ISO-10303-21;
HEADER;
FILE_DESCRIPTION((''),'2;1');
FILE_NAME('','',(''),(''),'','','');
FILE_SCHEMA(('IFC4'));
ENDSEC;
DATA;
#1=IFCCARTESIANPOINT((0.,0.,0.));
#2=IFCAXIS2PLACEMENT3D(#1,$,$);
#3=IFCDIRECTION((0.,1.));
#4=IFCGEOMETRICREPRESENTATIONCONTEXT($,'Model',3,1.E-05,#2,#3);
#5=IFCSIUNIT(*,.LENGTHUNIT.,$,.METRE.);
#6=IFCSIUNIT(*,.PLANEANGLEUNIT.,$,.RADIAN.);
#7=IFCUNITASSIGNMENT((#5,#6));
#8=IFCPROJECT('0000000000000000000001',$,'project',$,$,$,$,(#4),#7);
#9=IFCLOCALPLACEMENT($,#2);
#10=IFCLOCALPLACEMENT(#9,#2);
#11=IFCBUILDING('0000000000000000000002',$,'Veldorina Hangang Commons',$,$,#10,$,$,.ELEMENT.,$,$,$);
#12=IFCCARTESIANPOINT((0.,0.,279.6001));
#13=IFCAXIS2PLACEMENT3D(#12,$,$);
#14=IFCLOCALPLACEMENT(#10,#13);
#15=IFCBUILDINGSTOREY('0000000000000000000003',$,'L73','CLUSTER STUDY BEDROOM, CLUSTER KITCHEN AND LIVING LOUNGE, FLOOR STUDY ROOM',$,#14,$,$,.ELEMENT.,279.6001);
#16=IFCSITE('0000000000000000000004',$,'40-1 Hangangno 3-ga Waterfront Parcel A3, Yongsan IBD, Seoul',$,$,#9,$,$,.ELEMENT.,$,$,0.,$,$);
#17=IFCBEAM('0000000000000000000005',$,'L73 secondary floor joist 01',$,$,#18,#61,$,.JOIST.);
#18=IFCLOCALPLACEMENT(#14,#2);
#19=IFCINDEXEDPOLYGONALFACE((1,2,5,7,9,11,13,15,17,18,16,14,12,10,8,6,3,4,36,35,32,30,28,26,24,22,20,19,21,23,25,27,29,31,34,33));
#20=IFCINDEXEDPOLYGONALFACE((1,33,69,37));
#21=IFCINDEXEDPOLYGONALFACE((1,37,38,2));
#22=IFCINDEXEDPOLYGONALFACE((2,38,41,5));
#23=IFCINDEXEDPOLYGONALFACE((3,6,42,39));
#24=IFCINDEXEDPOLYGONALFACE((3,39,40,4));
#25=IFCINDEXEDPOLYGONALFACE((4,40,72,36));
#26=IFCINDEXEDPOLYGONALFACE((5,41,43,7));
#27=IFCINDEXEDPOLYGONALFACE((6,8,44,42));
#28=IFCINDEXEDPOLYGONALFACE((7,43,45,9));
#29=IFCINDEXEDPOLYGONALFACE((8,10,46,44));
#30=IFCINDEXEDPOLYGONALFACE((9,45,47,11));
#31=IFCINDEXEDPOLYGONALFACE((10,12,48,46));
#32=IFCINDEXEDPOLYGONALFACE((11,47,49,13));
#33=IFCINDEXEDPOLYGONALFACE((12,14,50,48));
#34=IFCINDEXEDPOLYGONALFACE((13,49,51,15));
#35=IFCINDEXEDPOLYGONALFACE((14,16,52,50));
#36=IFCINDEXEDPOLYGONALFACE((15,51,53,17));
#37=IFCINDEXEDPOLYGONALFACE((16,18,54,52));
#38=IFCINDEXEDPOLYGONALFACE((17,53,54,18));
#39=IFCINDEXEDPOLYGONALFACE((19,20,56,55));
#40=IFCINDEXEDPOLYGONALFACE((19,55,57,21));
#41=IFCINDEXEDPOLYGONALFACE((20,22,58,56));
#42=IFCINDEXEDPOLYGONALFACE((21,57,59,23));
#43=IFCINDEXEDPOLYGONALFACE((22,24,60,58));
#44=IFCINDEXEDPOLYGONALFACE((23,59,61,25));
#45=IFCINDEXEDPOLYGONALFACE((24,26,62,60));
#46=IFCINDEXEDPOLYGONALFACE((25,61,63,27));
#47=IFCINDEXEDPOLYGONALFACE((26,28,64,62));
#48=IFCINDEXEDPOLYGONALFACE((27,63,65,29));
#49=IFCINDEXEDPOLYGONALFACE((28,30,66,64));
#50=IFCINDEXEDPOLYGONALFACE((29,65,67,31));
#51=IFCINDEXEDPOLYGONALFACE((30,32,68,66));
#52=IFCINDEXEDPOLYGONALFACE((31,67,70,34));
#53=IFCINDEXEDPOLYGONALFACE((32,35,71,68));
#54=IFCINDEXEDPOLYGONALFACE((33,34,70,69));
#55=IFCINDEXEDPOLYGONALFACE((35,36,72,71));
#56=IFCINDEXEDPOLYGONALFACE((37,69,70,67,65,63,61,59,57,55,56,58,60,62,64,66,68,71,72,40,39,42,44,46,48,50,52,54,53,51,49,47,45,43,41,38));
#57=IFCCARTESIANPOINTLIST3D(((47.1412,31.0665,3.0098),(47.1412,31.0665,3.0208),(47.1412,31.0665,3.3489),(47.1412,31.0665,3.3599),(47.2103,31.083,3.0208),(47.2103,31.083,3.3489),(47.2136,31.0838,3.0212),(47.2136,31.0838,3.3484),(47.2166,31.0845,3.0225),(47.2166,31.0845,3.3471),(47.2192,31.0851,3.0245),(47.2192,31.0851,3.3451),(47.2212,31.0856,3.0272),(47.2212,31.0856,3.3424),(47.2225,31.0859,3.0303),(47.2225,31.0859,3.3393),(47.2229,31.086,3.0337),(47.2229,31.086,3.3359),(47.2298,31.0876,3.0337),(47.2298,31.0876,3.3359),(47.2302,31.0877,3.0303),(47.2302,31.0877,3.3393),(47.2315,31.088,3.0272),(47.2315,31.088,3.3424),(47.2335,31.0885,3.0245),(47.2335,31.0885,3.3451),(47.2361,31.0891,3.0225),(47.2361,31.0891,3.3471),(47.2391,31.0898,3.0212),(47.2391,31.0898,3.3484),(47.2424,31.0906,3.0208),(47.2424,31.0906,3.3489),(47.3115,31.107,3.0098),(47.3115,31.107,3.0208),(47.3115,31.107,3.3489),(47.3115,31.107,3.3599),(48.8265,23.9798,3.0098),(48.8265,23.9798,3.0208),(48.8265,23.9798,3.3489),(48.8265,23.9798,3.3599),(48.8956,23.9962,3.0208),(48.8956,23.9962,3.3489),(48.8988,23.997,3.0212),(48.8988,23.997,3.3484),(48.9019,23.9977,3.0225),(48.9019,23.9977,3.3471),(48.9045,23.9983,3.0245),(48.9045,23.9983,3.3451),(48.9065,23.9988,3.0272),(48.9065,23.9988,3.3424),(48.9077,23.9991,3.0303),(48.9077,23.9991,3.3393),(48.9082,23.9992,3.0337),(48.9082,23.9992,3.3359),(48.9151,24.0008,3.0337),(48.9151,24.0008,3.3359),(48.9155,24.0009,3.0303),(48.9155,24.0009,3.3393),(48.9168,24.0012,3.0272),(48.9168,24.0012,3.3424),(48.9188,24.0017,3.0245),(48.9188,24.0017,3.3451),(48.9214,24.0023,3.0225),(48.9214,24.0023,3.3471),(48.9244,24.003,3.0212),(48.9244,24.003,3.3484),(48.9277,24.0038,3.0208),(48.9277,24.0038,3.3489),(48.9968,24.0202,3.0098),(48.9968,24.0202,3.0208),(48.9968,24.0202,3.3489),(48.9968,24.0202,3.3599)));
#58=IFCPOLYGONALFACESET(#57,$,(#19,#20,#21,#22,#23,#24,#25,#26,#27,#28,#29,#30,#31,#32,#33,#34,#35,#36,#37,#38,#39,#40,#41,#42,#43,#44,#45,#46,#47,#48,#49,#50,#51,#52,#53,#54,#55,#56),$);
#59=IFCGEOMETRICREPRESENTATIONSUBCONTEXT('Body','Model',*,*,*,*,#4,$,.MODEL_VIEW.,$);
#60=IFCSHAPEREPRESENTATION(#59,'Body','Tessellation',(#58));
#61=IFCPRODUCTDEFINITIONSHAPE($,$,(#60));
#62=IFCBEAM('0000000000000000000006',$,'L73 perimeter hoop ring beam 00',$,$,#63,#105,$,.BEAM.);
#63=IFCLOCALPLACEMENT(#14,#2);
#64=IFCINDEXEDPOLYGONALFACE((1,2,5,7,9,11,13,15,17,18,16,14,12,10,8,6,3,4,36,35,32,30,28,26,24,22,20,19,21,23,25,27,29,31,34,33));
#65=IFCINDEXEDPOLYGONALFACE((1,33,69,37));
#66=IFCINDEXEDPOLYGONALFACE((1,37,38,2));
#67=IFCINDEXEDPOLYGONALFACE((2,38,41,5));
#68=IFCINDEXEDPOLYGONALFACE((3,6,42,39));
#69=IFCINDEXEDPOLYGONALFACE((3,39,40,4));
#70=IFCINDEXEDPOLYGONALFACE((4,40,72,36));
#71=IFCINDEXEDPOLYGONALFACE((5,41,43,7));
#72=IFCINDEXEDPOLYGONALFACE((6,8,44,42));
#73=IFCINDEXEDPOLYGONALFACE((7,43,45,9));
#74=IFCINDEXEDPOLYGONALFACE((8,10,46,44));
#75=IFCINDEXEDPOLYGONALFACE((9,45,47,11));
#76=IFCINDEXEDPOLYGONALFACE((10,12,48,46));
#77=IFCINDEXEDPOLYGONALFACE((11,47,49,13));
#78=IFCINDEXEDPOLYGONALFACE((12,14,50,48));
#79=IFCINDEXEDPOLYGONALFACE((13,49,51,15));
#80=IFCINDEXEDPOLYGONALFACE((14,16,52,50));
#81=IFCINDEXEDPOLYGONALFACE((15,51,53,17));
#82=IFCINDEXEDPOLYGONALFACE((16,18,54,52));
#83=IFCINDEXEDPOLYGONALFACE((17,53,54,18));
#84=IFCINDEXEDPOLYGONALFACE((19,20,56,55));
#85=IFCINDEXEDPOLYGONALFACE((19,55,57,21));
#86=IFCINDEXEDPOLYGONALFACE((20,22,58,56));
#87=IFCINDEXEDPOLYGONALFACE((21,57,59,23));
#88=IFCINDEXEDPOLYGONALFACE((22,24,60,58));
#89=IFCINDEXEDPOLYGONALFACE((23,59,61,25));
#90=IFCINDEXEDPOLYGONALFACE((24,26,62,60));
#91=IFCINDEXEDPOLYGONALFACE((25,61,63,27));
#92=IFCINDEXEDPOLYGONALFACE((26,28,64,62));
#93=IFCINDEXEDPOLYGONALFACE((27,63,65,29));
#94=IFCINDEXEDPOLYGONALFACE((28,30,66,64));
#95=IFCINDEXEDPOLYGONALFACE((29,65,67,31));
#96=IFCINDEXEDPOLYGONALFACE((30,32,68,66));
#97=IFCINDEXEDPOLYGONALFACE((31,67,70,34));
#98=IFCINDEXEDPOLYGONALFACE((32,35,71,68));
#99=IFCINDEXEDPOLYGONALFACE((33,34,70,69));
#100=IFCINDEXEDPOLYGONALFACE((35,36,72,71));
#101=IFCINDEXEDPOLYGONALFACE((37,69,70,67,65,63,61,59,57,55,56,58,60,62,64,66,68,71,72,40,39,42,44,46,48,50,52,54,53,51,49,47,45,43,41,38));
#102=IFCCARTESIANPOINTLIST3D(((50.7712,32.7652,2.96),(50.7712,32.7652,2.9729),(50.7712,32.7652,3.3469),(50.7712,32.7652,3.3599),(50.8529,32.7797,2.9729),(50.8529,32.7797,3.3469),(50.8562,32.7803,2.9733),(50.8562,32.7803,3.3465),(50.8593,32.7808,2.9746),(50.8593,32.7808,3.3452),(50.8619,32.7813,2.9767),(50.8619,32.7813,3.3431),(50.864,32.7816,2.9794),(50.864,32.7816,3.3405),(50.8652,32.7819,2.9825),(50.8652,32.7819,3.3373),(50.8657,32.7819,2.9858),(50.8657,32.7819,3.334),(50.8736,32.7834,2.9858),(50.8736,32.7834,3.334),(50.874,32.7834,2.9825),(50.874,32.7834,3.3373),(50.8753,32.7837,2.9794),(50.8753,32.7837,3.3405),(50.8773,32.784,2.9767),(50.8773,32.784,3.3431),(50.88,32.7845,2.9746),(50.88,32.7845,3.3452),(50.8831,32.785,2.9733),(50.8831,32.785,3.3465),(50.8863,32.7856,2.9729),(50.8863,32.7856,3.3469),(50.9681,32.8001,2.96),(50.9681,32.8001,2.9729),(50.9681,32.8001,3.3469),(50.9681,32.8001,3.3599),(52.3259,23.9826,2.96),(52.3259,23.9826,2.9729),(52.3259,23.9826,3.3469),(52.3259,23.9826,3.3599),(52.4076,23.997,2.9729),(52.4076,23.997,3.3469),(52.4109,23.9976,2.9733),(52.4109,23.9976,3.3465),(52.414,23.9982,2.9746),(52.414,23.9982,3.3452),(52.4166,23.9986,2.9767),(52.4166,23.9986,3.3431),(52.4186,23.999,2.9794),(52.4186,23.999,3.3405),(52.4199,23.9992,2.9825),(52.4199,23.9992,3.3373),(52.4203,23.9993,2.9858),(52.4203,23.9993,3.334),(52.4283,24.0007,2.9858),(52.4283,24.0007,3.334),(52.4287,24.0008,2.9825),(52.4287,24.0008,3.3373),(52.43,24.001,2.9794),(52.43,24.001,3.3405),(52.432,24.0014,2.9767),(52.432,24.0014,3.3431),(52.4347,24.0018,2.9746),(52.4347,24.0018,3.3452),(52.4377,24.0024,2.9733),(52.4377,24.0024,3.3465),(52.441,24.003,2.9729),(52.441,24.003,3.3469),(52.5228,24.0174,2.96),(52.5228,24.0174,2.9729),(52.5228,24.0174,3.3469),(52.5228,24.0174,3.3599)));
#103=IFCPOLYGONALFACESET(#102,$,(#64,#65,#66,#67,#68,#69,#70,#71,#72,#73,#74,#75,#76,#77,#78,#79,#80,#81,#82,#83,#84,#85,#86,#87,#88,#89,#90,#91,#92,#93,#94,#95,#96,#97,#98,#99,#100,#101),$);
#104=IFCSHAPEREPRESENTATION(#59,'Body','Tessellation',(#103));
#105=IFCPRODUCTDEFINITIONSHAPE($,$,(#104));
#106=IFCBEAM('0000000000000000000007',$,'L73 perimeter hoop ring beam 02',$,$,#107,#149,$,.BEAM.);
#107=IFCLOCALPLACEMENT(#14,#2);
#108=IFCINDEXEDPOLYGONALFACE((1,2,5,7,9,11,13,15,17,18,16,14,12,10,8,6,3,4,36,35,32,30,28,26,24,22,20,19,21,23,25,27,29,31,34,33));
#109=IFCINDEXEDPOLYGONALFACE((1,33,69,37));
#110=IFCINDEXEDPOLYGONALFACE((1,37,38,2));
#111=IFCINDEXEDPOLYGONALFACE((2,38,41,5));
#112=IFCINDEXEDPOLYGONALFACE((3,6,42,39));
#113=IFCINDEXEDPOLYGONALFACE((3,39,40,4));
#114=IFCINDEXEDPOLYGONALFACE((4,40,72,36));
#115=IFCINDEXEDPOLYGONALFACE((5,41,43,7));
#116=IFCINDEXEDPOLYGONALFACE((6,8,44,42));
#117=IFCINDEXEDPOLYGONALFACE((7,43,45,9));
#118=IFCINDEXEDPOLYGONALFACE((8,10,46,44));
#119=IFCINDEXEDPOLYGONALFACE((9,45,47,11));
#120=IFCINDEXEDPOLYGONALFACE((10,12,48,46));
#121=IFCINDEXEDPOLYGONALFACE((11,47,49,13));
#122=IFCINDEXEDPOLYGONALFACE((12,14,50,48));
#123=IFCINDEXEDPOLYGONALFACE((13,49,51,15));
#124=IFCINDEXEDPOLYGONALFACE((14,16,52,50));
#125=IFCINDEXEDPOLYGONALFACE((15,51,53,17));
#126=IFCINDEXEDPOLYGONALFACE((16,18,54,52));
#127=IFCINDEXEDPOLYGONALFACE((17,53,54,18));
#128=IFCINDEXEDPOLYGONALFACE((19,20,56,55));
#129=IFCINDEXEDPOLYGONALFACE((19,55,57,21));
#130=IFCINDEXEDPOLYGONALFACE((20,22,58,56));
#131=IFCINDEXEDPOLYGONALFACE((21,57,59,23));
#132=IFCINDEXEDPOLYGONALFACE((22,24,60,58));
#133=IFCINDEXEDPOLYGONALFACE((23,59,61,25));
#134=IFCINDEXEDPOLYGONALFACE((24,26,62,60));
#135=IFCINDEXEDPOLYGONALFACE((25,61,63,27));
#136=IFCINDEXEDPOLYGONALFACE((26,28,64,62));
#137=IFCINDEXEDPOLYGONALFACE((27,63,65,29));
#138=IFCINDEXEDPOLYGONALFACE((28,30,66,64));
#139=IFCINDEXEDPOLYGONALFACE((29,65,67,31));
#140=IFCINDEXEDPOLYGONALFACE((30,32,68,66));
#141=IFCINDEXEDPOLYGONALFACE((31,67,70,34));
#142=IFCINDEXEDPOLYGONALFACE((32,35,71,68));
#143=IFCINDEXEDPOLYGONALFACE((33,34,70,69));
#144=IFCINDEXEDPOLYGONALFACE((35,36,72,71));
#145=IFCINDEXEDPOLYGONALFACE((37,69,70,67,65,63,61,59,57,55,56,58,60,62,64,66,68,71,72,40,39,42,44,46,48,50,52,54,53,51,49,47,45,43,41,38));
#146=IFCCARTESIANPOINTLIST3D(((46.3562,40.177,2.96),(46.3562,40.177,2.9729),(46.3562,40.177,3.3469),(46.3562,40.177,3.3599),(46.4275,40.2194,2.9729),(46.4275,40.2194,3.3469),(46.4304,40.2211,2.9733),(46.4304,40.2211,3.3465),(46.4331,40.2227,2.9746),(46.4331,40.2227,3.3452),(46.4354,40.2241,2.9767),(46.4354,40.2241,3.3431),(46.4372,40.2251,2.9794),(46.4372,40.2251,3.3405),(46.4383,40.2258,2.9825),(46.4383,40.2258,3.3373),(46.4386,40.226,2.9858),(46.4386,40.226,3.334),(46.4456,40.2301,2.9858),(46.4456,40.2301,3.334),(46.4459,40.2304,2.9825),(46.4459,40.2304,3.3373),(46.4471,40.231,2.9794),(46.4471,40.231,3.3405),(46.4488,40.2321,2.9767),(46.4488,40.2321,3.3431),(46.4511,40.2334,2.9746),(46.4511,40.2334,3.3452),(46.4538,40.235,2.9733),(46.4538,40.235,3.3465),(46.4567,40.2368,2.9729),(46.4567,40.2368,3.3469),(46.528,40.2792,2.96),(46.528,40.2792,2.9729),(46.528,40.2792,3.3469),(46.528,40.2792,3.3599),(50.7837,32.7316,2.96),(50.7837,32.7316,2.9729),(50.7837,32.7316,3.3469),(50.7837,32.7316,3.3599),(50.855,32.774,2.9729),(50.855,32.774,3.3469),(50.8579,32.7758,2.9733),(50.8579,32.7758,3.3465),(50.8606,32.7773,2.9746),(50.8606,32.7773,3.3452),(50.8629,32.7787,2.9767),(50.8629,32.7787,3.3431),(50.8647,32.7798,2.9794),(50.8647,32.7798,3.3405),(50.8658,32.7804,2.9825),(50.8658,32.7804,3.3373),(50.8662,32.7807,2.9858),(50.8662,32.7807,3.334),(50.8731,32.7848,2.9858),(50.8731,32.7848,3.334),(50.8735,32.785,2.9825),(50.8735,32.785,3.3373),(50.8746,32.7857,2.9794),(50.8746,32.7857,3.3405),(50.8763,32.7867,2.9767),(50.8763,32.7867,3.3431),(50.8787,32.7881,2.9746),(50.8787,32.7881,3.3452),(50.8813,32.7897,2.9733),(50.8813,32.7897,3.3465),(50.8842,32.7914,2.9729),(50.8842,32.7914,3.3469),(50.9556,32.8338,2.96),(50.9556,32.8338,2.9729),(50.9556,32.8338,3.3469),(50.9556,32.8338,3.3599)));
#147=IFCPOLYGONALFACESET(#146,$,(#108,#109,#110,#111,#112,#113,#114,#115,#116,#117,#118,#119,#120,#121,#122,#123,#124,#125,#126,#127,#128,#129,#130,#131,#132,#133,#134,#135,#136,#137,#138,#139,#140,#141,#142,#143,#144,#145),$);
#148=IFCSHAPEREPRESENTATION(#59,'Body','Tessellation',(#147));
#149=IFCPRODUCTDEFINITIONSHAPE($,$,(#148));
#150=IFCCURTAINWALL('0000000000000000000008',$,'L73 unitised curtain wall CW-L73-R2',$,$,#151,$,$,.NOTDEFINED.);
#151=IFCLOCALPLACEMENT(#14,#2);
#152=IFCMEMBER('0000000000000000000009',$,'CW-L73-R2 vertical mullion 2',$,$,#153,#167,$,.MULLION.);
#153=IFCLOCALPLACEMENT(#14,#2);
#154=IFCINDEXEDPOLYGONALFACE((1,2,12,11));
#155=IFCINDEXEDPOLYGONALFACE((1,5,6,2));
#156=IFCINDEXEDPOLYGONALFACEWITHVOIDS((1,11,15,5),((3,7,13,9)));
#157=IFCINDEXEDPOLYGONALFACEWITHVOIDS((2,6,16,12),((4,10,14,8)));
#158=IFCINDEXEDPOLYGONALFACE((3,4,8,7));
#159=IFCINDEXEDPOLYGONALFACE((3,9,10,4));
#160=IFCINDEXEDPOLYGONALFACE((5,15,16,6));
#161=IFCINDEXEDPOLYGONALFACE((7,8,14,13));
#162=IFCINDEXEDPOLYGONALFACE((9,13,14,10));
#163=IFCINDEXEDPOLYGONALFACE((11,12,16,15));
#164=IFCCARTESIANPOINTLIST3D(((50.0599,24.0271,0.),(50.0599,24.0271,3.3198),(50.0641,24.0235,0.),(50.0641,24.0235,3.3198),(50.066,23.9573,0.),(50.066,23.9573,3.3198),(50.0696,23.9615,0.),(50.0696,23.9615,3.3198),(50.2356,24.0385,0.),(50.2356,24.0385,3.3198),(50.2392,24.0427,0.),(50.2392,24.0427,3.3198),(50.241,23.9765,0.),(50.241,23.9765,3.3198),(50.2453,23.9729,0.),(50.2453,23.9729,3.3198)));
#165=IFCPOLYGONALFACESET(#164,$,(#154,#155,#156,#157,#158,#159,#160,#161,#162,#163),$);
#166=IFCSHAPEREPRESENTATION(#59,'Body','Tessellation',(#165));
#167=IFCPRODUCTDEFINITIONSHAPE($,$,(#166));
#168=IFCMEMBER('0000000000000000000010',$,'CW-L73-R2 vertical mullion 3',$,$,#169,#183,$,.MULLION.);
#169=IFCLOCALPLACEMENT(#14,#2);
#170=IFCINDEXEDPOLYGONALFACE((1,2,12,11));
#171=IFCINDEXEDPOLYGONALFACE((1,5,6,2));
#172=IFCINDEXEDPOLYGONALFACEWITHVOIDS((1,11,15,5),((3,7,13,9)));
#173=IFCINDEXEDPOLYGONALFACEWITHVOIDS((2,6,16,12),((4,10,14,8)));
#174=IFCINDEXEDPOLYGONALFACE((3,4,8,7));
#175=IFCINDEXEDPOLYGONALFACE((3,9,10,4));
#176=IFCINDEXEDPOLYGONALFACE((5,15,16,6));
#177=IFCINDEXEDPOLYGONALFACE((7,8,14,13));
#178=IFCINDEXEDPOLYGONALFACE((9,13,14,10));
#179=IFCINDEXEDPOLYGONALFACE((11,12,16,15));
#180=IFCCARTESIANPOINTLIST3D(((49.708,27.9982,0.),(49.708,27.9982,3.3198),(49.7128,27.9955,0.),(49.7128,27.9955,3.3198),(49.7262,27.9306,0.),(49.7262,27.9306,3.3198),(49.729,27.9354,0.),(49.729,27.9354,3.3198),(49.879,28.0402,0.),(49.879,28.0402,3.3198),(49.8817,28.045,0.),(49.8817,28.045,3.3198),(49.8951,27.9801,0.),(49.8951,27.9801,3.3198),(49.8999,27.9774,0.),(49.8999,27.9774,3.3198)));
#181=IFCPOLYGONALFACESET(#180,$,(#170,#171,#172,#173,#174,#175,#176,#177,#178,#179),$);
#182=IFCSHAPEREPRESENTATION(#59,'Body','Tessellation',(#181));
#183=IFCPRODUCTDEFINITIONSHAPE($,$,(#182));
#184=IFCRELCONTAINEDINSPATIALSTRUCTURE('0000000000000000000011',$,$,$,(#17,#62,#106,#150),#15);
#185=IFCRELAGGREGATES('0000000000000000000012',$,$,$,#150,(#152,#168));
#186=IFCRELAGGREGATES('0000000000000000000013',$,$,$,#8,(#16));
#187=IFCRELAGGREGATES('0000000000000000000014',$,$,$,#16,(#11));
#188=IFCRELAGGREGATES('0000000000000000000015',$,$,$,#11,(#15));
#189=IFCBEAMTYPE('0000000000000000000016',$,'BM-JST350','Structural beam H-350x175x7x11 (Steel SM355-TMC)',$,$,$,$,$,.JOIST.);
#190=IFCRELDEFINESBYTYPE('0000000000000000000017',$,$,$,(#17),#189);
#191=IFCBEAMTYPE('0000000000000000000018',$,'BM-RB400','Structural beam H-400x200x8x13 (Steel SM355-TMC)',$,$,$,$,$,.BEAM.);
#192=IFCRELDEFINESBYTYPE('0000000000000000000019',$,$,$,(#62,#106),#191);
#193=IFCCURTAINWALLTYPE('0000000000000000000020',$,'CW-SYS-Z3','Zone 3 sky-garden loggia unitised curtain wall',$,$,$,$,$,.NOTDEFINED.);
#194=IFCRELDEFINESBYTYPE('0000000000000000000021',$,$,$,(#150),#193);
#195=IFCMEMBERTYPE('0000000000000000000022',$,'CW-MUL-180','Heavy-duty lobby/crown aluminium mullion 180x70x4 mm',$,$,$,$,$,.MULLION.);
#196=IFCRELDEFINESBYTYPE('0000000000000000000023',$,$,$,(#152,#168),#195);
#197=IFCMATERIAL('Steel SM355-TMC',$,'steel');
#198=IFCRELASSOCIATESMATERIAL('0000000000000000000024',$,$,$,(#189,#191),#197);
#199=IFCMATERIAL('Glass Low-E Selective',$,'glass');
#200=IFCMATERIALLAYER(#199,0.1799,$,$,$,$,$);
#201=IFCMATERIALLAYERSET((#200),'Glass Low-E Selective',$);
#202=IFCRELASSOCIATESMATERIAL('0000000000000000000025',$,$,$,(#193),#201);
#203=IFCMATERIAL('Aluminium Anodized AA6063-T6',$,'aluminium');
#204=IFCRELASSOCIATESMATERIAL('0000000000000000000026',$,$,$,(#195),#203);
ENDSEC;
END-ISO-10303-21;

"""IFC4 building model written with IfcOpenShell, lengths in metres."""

from ifc_helpers import new_model, si_unit, direction, frame, origin, origin_2d, place, context, subcontext, project, spatial, hollow_rectangle, i_section, extrude, material, layer, layer_set, material_profile, profile_set, type_object, element, aggregate, save


model = new_model("IFC4")

# Units and contexts
model_context = context("Model", 3, precision=1e-05, world=origin(), true_north=direction((0.0, 1.0)))
body_context = subcontext(model_context, "Body", "Model", "MODEL_VIEW")
ifc_project = project(units=[si_unit("LENGTHUNIT", "METRE"), si_unit("PLANEANGLEUNIT", "RADIAN")], contexts=[model_context])

# Site, building, storey
site_placement = place(None, origin())
site = spatial("IfcSite", under=ifc_project, at=site_placement, Name="40-1 Hangangno 3-ga Waterfront Parcel A3, Yongsan IBD, Seoul", CompositionType="ELEMENT", RefElevation=0.0)
building_placement = place(site_placement, origin())
building = spatial("IfcBuilding", under=site, at=building_placement, Name="Veldorina Hangang Commons", CompositionType="ELEMENT")
storey_placement = place(building_placement, frame((0.0, 0.0, 279.6001)))
storey = spatial("IfcBuildingStorey", under=building, at=storey_placement, Name="L73", Description="CLUSTER STUDY BEDROOM, CLUSTER KITCHEN AND LIVING LOUNGE, FLOOR STUDY ROOM", CompositionType="ELEMENT", Elevation=279.6001)

# Beams
ifc_material_1 = material(Name="Steel SM355-TMC", Category="steel")
ifc_material_profile_1 = material_profile(ifc_material_1, i_section(OverallWidth=0.175, OverallDepth=0.3501, WebThickness=0.0071, FlangeThickness=0.011, FilletRadius=0.0129, at=origin_2d()), Name="H-350x175x7x11")
ifc_profile_set_1 = profile_set([ifc_material_profile_1], Name="Steel SM355-TMC")
beam_type_1 = type_object("IfcBeamType", Name="BM-JST350", Description="Structural beam H-350x175x7x11 (Steel SM355-TMC)", PredefinedType="JOIST", material=ifc_profile_set_1)
beam_1_placement = place(storey_placement, frame((48.9116, 24.0, 3.1848), z_axis=(-0.231353, 0.97287, 0.0), x_axis=(-0.97287, -0.231353, 0.0)))
element("IfcBeam", 1, at=beam_1_placement, inside=storey, type_object=beam_type_1, Name="L73 secondary floor joist 01", PredefinedType="JOIST", context=body_context, shape_type="SweptSolid", body=[
    extrude(i_section(OverallWidth=0.175, OverallDepth=0.3501, WebThickness=0.0071, FlangeThickness=0.011, FilletRadius=0.0129, at=origin_2d()), origin(), (0.0, 0.0, 1.0), 7.2844),
])
ifc_material_profile_2 = material_profile(ifc_material_1, i_section(OverallWidth=0.2, OverallDepth=0.3999, WebThickness=0.0081, FlangeThickness=0.0129, FilletRadius=0.0129, at=origin_2d()), Name="H-400x200x8x13")
ifc_profile_set_2 = profile_set([ifc_material_profile_2], Name="Steel SM355-TMC")
beam_type_2 = type_object("IfcBeamType", Name="BM-RB400", Description="Structural beam H-400x200x8x13 (Steel SM355-TMC)", PredefinedType="BEAM", material=ifc_profile_set_2)
beam_2_placement = place(storey_placement, frame((52.4243, 24.0, 3.1599), z_axis=(-0.174307, 0.984691, 0.0), x_axis=(-0.984691, -0.174307, 0.0)))
element("IfcBeam", 2, at=beam_2_placement, inside=storey, type_object=beam_type_2, Name="L73 perimeter hoop ring beam 00", PredefinedType="BEAM", context=body_context, shape_type="SweptSolid", body=[
    extrude(i_section(OverallWidth=0.2, OverallDepth=0.3999, WebThickness=0.0081, FlangeThickness=0.0129, FilletRadius=0.0129, at=origin_2d()), origin(), (0.0, 0.0, 1.0), 8.9192),
])
beam_3_placement = place(storey_placement, frame((50.8696, 32.7827, 3.1599), z_axis=(-0.511122, 0.859508, 0.0), x_axis=(-0.859508, -0.511122, 0.0)))
element("IfcBeam", 3, at=beam_3_placement, inside=storey, type_object=beam_type_2, Name="L73 perimeter hoop ring beam 02", PredefinedType="BEAM", context=body_context, shape_type="SweptSolid", body=[
    extrude(i_section(OverallWidth=0.2, OverallDepth=0.3999, WebThickness=0.0081, FlangeThickness=0.0129, FilletRadius=0.0129, at=origin_2d()), origin(), (0.0, 0.0, 1.0), 8.6624),
])

# Curtain wall, members
ifc_material_2 = material(Name="Glass Low-E Selective", Category="glass")
ifc_layer_1 = layer(ifc_material_2, 0.1799)
ifc_layer_set_1 = layer_set([ifc_layer_1], Name="Glass Low-E Selective")
curtain_wall_type = type_object("IfcCurtainWallType", Name="CW-SYS-Z3", Description="Zone 3 sky-garden loggia unitised curtain wall", PredefinedType="NOTDEFINED", material=ifc_layer_set_1)
curtain_wall_placement = place(storey_placement, origin())
curtain_wall = element("IfcCurtainWall", 4, at=curtain_wall_placement, inside=storey, type_object=curtain_wall_type, Name="L73 unitised curtain wall CW-L73-R2", PredefinedType="NOTDEFINED")
ifc_material_3 = material(Name="Aluminium Anodized AA6063-T6", Category="aluminium")
ifc_material_profile_3 = material_profile(ifc_material_3, hollow_rectangle(XDim=0.0701, YDim=0.1799, WallThickness=0.0039, at=origin_2d()), Name="ALU-RHS-180x70x4")
ifc_profile_set_3 = profile_set([ifc_material_profile_3], Name="Aluminium Anodized AA6063-T6")
member_type_1 = type_object("IfcMemberType", Name="CW-MUL-180", Description="Heavy-duty lobby/crown aluminium mullion 180x70x4 mm", PredefinedType="MULLION", material=ifc_profile_set_3)
member_1_placement = place(storey_placement, frame((50.1526, 24.0, 0.0), z_axis=(0.0, 0.0, 1.0), x_axis=(-0.087138, 0.996196, 0.0)))
member_1 = element("IfcMember", 5, at=member_1_placement, type_object=member_type_1, Name="CW-L73-R2 vertical mullion 2", PredefinedType="MULLION", context=body_context, shape_type="SweptSolid", body=[
    extrude(hollow_rectangle(XDim=0.0701, YDim=0.1799, WallThickness=0.0039, at=origin_2d()), origin(), (0.0, 0.0, 1.0), 3.3198),
])
member_2_placement = place(storey_placement, frame((49.804, 27.9878, 0.0), z_axis=(0.0, 0.0, 1.0), x_axis=(-0.260117, 0.965577, 0.0)))
member_2 = element("IfcMember", 6, at=member_2_placement, type_object=member_type_1, Name="CW-L73-R2 vertical mullion 3", PredefinedType="MULLION", context=body_context, shape_type="SweptSolid", body=[
    extrude(hollow_rectangle(XDim=0.0701, YDim=0.1799, WallThickness=0.0039, at=origin_2d()), origin(), (0.0, 0.0, 1.0), 3.3198),
])

aggregate(curtain_wall, [member_1, member_2])

save(model, "model.ifc")
